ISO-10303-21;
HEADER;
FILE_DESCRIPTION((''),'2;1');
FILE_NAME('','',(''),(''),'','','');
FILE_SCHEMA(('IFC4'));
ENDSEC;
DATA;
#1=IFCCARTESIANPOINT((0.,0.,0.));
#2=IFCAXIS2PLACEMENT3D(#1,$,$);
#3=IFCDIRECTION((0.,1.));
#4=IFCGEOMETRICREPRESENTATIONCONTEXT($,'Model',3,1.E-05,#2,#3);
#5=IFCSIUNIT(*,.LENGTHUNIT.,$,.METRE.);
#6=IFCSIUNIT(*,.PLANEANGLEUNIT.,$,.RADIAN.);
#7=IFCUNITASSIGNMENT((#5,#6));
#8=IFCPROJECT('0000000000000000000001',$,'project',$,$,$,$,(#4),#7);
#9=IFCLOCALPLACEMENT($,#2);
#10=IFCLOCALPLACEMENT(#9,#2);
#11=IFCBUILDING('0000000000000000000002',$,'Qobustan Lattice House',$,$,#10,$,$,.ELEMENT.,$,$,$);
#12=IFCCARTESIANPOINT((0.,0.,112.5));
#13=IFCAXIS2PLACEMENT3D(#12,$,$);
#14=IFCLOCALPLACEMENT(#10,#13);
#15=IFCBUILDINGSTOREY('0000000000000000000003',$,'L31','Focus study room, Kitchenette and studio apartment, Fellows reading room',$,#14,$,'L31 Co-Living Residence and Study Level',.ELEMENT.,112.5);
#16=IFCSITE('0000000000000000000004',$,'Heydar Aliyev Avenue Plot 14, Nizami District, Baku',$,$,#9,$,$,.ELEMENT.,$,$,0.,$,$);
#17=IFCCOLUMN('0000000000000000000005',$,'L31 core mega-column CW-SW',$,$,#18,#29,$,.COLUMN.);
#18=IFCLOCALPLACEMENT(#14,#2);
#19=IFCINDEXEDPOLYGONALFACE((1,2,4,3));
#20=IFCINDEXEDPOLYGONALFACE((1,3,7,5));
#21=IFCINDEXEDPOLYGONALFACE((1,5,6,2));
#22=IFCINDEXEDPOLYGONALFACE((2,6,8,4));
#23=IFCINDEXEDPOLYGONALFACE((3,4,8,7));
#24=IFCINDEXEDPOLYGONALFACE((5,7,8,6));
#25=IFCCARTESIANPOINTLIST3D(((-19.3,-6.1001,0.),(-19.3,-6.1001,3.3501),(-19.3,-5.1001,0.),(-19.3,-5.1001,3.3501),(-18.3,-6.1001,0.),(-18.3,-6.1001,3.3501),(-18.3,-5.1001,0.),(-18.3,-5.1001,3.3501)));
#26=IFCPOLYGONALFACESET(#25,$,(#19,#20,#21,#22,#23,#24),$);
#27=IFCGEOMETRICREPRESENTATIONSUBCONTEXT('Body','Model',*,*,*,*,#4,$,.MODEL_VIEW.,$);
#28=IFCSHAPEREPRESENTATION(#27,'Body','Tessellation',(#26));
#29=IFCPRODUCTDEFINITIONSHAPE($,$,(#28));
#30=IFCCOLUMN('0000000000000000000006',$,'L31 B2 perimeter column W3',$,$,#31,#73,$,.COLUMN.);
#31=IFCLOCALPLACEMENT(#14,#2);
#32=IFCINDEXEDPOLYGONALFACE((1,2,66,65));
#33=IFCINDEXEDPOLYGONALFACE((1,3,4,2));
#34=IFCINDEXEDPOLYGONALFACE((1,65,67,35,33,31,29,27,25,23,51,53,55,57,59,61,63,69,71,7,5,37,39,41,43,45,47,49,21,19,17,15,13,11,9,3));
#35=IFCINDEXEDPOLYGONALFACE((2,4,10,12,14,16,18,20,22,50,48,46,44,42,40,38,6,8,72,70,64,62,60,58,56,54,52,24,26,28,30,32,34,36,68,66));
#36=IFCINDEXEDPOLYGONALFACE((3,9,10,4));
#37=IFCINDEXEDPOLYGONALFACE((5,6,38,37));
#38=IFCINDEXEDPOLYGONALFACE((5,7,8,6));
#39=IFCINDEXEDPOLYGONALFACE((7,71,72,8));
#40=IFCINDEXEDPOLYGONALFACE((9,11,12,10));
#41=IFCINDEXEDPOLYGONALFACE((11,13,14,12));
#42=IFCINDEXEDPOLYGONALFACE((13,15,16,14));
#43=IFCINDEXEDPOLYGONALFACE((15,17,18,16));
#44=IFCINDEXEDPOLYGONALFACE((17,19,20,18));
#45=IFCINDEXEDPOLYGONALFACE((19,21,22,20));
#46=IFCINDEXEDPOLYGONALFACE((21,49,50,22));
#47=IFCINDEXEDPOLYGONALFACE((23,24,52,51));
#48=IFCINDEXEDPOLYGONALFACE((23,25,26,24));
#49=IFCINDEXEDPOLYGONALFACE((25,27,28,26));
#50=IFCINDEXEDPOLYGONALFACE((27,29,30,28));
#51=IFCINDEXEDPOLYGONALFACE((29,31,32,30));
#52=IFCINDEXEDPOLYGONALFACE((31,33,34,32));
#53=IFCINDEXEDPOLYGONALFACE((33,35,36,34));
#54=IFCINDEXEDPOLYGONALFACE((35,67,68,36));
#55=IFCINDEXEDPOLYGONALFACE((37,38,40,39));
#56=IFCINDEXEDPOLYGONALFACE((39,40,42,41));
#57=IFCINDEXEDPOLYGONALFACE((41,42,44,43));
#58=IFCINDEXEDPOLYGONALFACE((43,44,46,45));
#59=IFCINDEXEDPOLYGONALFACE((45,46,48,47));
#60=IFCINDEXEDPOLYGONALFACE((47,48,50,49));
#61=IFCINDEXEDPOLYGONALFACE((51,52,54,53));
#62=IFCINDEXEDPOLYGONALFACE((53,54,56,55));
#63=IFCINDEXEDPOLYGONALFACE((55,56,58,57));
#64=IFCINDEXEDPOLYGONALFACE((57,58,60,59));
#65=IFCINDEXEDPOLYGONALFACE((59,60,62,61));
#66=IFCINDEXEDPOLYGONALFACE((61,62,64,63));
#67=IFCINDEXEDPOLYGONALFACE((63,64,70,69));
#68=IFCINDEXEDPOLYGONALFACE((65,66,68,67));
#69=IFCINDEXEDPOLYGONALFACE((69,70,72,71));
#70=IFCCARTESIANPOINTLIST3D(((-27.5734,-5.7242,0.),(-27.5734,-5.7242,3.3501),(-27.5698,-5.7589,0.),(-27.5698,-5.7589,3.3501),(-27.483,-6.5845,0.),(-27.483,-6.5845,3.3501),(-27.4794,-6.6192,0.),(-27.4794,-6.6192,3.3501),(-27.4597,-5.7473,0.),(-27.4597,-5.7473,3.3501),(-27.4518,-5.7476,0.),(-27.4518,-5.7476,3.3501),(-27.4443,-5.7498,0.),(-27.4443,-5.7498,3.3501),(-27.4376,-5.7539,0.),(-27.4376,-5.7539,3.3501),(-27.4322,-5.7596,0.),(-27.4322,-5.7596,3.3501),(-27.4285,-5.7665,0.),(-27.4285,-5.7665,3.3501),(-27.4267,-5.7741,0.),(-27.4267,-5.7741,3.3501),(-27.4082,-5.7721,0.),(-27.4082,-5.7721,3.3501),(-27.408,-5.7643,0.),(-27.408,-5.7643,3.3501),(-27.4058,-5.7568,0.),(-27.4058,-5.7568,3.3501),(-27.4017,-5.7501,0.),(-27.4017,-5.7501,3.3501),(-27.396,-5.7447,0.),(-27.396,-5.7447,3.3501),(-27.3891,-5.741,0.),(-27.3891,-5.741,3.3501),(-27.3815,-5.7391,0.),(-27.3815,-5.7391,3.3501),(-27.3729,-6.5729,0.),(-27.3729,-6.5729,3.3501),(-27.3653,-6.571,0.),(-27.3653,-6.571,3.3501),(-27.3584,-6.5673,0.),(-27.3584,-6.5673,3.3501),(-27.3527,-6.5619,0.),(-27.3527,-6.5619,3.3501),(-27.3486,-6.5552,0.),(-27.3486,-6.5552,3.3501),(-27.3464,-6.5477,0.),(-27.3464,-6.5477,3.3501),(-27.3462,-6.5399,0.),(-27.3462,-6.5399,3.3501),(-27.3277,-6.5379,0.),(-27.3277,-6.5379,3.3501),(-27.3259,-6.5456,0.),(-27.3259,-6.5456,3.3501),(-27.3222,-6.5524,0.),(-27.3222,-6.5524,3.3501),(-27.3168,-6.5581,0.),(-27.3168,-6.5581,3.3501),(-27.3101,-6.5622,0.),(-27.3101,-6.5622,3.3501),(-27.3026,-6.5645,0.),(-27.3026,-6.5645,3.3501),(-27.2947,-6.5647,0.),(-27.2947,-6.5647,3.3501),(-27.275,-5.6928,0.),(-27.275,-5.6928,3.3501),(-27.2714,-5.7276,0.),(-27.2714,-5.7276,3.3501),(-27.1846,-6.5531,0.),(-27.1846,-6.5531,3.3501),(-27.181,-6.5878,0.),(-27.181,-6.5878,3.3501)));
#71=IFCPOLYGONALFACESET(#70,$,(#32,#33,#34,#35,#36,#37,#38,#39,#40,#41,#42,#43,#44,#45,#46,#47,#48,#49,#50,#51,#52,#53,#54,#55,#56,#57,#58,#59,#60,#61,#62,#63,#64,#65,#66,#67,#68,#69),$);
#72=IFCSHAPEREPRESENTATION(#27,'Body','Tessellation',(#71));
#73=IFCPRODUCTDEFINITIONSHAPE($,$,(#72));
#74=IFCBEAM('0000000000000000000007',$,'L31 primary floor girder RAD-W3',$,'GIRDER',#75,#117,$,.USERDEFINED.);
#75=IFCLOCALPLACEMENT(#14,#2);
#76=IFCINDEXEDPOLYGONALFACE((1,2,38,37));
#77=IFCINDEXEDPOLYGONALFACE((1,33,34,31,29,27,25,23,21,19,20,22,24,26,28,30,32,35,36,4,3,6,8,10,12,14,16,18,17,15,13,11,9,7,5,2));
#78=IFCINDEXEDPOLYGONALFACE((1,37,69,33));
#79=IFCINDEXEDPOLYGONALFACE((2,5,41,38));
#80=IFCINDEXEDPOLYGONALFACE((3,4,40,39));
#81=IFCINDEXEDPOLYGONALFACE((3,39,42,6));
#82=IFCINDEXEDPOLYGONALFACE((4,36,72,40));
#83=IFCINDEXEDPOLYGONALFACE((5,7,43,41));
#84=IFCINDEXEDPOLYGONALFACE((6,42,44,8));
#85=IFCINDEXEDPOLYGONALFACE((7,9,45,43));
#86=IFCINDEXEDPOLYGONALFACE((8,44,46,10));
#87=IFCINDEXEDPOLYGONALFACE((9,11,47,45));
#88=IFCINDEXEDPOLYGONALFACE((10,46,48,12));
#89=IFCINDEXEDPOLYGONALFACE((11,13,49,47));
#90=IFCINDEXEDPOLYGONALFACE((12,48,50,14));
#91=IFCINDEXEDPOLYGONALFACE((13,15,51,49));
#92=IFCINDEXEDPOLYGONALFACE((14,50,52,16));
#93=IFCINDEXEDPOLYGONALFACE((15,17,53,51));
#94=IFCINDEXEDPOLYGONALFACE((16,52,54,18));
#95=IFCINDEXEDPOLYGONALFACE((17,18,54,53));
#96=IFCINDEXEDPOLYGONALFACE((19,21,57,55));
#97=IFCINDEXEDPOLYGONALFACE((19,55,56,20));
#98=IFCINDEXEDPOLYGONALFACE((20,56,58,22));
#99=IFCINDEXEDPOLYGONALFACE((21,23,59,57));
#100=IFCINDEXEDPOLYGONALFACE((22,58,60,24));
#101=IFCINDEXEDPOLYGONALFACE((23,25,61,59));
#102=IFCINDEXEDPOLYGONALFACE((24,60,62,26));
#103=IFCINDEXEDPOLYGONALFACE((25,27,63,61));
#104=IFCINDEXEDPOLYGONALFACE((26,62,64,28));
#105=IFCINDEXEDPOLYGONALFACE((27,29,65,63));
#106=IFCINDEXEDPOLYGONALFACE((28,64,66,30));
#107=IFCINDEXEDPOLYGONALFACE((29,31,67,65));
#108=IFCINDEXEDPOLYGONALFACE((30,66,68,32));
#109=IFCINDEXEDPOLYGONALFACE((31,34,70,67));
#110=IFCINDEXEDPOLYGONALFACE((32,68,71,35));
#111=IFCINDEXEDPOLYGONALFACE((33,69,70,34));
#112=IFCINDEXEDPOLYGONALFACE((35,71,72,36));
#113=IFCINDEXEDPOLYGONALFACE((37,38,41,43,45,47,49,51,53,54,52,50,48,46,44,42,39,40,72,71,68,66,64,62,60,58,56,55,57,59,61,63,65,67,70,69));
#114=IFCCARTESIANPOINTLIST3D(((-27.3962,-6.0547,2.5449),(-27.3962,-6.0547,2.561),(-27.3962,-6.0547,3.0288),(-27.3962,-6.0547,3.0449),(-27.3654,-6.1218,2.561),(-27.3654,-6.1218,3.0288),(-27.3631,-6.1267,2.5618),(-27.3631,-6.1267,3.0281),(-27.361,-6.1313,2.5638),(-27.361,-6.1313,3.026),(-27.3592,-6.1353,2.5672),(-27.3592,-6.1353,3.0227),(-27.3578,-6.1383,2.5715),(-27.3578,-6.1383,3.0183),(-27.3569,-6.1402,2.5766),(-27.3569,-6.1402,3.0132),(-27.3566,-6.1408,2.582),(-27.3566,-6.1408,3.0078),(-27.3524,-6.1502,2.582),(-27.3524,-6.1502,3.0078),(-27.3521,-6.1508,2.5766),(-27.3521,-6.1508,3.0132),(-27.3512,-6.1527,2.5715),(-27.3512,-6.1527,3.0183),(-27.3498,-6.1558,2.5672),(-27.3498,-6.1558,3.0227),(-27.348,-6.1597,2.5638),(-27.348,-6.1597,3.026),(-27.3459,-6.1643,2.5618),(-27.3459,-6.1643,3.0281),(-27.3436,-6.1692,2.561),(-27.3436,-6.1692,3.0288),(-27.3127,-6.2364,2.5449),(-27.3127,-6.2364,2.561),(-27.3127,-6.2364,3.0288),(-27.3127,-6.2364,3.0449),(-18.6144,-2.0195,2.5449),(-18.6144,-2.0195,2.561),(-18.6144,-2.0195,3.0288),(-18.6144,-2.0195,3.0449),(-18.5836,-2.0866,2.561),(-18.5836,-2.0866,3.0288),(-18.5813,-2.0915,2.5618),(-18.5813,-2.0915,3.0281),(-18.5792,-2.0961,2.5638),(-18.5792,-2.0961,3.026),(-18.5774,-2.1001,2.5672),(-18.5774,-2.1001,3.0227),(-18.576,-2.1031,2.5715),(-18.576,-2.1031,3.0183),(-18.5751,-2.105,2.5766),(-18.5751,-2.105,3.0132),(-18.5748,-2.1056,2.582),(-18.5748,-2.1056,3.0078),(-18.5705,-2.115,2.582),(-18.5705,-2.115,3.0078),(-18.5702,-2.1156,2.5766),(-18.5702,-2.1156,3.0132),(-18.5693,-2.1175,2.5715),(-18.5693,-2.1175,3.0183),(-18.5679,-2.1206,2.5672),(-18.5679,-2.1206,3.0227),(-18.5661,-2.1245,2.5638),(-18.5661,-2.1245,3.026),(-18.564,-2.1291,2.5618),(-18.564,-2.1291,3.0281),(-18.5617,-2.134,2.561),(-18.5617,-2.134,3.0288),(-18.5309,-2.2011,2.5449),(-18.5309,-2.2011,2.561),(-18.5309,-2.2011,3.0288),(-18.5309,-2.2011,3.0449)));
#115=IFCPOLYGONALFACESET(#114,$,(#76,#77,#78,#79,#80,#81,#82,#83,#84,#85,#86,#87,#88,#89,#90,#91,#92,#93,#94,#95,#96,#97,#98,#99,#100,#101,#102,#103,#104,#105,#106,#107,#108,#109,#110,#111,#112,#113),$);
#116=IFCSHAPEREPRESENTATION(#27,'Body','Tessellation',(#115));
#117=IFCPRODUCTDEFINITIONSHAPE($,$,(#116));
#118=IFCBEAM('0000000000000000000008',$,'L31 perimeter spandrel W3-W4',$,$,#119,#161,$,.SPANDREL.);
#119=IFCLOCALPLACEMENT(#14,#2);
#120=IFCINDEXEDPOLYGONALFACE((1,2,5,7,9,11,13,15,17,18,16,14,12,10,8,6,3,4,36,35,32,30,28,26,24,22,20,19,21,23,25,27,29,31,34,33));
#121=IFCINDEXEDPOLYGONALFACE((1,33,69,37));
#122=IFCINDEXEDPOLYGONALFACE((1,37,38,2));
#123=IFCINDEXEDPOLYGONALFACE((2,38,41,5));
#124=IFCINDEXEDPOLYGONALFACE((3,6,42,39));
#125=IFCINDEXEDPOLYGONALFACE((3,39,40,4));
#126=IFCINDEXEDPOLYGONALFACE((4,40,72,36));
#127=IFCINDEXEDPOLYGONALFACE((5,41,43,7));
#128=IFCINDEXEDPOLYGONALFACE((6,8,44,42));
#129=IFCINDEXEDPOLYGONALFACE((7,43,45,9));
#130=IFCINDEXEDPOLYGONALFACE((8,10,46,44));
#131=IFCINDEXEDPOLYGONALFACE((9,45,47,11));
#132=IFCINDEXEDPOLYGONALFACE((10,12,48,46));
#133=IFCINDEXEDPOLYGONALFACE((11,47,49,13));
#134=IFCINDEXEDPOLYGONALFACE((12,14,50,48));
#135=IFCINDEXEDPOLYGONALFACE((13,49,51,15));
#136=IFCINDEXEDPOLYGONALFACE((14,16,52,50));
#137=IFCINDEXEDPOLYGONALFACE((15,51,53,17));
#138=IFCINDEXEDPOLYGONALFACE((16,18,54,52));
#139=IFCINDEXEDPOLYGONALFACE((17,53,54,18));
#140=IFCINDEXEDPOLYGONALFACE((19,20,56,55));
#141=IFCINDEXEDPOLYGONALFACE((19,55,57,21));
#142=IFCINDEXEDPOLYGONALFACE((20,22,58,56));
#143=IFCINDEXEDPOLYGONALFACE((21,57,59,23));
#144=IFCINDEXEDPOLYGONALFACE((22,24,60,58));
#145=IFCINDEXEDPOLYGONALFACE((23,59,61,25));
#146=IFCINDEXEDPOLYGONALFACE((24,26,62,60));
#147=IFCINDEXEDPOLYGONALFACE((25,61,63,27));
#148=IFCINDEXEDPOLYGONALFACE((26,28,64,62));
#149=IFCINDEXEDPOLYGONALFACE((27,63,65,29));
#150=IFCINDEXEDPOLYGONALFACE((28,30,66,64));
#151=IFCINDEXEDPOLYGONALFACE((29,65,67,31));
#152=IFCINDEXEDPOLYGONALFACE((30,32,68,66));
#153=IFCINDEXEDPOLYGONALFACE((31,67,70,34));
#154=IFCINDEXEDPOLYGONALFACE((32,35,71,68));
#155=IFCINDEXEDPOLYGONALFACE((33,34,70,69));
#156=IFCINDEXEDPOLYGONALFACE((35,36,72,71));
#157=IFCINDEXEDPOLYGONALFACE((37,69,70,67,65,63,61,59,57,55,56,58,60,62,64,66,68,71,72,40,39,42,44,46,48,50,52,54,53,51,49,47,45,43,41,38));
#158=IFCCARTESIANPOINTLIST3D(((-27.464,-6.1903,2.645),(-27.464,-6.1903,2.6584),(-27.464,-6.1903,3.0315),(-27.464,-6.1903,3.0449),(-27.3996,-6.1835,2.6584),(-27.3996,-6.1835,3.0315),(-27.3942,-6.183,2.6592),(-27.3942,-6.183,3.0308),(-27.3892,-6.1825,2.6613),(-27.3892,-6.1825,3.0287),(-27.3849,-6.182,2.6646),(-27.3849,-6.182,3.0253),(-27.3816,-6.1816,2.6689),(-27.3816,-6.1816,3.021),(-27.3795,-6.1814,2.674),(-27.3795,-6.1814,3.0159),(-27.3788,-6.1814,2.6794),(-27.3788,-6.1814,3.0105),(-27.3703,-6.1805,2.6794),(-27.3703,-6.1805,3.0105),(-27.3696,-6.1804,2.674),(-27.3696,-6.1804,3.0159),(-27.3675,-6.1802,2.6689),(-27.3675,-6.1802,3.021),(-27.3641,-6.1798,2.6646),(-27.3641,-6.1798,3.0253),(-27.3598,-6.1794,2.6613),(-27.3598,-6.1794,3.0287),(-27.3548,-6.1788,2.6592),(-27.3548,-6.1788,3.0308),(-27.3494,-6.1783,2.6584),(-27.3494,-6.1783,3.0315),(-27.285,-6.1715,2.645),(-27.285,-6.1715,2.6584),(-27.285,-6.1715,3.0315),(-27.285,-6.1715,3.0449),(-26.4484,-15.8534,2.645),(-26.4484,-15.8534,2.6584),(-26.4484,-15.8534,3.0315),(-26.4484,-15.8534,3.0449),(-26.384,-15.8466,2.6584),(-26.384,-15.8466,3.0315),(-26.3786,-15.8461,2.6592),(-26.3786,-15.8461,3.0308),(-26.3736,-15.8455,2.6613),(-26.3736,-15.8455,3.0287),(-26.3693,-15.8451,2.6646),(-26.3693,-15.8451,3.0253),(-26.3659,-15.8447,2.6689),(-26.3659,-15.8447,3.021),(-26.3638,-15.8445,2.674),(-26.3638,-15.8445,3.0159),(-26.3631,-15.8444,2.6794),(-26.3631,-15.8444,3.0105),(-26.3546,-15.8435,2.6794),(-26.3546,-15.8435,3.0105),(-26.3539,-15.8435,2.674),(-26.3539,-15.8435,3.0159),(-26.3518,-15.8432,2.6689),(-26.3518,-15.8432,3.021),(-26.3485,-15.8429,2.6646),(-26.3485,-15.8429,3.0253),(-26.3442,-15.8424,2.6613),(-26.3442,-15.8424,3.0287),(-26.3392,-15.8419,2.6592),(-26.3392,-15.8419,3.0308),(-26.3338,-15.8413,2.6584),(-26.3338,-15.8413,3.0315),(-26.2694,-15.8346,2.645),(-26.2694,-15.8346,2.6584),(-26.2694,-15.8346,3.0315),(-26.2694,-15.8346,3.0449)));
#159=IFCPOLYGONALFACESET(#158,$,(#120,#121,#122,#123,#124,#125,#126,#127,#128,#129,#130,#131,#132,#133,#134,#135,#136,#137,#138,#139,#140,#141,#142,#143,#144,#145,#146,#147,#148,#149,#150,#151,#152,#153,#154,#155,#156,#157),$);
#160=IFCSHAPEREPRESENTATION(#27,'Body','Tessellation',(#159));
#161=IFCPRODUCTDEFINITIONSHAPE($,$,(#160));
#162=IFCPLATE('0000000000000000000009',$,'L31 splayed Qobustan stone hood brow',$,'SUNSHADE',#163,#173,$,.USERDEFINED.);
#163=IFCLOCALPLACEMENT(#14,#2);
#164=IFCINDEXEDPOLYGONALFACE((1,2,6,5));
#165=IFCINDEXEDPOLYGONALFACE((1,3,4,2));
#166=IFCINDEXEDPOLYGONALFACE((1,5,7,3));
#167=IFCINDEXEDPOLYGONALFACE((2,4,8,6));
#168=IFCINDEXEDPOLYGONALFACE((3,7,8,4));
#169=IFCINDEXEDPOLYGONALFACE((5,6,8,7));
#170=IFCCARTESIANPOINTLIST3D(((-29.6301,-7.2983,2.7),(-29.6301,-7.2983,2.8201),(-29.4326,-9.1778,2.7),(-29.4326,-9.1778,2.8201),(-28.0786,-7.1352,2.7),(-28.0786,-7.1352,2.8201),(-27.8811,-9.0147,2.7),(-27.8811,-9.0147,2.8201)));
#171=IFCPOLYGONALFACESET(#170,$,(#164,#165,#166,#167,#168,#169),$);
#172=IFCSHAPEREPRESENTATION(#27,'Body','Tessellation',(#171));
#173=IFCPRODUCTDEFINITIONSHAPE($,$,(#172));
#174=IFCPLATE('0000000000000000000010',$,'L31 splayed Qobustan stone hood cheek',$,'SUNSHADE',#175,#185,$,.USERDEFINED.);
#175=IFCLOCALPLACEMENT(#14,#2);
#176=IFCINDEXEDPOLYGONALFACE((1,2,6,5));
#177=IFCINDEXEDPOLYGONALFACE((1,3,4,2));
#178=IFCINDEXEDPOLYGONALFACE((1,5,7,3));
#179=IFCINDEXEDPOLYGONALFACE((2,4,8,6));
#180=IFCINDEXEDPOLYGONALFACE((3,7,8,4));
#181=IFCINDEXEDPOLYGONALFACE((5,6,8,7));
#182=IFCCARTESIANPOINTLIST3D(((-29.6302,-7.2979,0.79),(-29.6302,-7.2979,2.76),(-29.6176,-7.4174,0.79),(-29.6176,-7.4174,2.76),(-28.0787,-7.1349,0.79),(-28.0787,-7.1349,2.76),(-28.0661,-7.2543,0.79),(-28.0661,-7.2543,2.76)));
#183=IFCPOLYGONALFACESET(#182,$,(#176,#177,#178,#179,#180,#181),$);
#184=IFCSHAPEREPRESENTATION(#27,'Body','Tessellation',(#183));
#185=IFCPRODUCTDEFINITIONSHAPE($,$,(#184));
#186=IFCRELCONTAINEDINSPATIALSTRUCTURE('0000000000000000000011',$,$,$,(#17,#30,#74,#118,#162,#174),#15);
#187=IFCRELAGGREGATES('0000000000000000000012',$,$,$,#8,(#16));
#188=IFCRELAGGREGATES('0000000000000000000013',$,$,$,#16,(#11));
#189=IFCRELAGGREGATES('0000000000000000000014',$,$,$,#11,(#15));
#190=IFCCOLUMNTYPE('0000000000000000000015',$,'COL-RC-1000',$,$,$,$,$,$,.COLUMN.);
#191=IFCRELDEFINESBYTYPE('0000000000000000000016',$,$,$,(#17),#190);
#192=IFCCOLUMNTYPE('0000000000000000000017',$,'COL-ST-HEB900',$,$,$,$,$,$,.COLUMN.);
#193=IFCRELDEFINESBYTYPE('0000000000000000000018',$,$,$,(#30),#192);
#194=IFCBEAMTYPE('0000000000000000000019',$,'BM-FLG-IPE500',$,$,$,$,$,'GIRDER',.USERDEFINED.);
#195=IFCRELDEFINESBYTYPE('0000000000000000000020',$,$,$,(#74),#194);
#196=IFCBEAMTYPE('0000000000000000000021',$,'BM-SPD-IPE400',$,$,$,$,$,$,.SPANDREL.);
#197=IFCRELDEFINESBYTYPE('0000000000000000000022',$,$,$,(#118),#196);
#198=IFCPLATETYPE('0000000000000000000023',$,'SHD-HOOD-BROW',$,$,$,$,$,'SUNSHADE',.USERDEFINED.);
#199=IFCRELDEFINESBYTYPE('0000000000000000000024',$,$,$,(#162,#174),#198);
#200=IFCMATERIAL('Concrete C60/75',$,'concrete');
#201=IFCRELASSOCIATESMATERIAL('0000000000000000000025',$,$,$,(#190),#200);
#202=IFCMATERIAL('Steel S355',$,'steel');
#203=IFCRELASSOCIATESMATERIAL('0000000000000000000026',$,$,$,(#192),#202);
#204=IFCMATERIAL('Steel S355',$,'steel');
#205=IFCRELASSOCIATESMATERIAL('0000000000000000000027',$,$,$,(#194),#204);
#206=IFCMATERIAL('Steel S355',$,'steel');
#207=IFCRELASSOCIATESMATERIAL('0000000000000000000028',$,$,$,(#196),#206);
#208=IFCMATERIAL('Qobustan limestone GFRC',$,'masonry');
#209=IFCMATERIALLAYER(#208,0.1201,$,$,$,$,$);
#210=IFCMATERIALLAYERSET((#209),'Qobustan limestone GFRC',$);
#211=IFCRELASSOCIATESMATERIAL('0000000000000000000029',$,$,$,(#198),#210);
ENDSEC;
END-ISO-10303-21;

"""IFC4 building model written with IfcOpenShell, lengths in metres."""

from ifc_helpers import new_model, si_unit, direction, frame, origin, origin_2d, place, context, subcontext, project, spatial, rectangle, i_section, extrude, material, layer, layer_set, material_profile, profile_set, type_object, element, save


model = new_model("IFC4")

# Units and contexts
model_context = context("Model", 3, precision=1e-05, world=origin(), true_north=direction((0.0, 1.0)))
body_context = subcontext(model_context, "Body", "Model", "MODEL_VIEW")
ifc_project = project(units=[si_unit("LENGTHUNIT", "METRE"), si_unit("PLANEANGLEUNIT", "RADIAN")], contexts=[model_context])

# Site, building, storey
site_placement = place(None, origin())
site = spatial("IfcSite", under=ifc_project, at=site_placement, Name="Heydar Aliyev Avenue Plot 14, Nizami District, Baku", CompositionType="ELEMENT", RefElevation=0.0)
building_placement = place(site_placement, origin())
building = spatial("IfcBuilding", under=site, at=building_placement, Name="Qobustan Lattice House", CompositionType="ELEMENT")
storey_placement = place(building_placement, frame((0.0, 0.0, 112.5)))
storey = spatial("IfcBuildingStorey", under=building, at=storey_placement, Name="L31", Description="Focus study room, Kitchenette and studio apartment, Fellows reading room", LongName="L31 Co-Living Residence and Study Level", CompositionType="ELEMENT", Elevation=112.5)

# Columns
ifc_material_1 = material(Name="Concrete C60/75", Category="concrete")
ifc_material_profile_1 = material_profile(ifc_material_1, rectangle(XDim=1.0, YDim=1.0, at=origin_2d()), Name="RC1000x1000")
ifc_profile_set_1 = profile_set([ifc_material_profile_1], Name="Concrete C60/75")
column_type_1 = type_object("IfcColumnType", Name="COL-RC-1000", PredefinedType="COLUMN", material=ifc_profile_set_1)
column_1_placement = place(storey_placement, frame((-18.8, -5.6001, 0.0), z_axis=(0.0, 0.0, 1.0), x_axis=(1.0, 0.0, 0.0)))
element("IfcColumn", 1, at=column_1_placement, inside=storey, type_object=column_type_1, Name="L31 core mega-column CW-SW", PredefinedType="COLUMN", context=body_context, shape_type="SweptSolid", body=[
    extrude(rectangle(XDim=1.0, YDim=1.0, at=origin_2d()), origin(), (0.0, 0.0, 1.0), 3.3501),
])
ifc_material_2 = material(Name="Steel S355", Category="steel")
ifc_material_profile_2 = material_profile(ifc_material_2, i_section(OverallWidth=0.3, OverallDepth=0.8999, WebThickness=0.0186, FlangeThickness=0.0349, FilletRadius=0.03, at=origin_2d()), Name="HEB900")
ifc_profile_set_2 = profile_set([ifc_material_profile_2], Name="Steel S355")
column_type_2 = type_object("IfcColumnType", Name="COL-ST-HEB900", PredefinedType="COLUMN", material=ifc_profile_set_2)
column_2_placement = place(storey_placement, frame((-27.3772, -6.156, 0.0), z_axis=(0.0, 0.0, 1.0), x_axis=(0.994522, 0.104528, 0.0)))
element("IfcColumn", 2, at=column_2_placement, inside=storey, type_object=column_type_2, Name="L31 B2 perimeter column W3", PredefinedType="COLUMN", context=body_context, shape_type="SweptSolid", body=[
    extrude(i_section(OverallWidth=0.3, OverallDepth=0.8999, WebThickness=0.0186, FlangeThickness=0.0349, FilletRadius=0.03, at=origin_2d()), origin(), (0.0, 0.0, 1.0), 3.3501),
])

# Beams
ifc_material_3 = material(Name="Steel S355", Category="steel")
ifc_material_profile_3 = material_profile(ifc_material_3, i_section(OverallWidth=0.2, OverallDepth=0.5, WebThickness=0.0103, FlangeThickness=0.0161, FilletRadius=0.021, at=origin_2d()), Name="IPE500")
ifc_profile_set_3 = profile_set([ifc_material_profile_3], Name="Steel S355")
beam_type_1 = type_object("IfcBeamType", Name="BM-FLG-IPE500", ElementType="GIRDER", PredefinedType="USERDEFINED", material=ifc_profile_set_3)
beam_1_placement = place(storey_placement, frame((-27.3545, -6.1455, 2.7949), z_axis=(0.908665, 0.417526, 0.0), x_axis=(-0.417526, 0.908665, 0.0)))
element("IfcBeam", 3, at=beam_1_placement, inside=storey, type_object=beam_type_1, Name="L31 primary floor girder RAD-W3", ObjectType="GIRDER", PredefinedType="USERDEFINED", context=body_context, shape_type="SweptSolid", body=[
    extrude(i_section(OverallWidth=0.2, OverallDepth=0.5, WebThickness=0.0103, FlangeThickness=0.0161, FilletRadius=0.021, at=origin_2d()), origin(), (0.0, 0.0, 1.0), 9.6646),
])
ifc_material_4 = material(Name="Steel S355", Category="steel")
ifc_material_profile_4 = material_profile(ifc_material_4, i_section(OverallWidth=0.1799, OverallDepth=0.3999, WebThickness=0.0085, FlangeThickness=0.0134, FilletRadius=0.021, at=origin_2d()), Name="IPE400")
ifc_profile_set_4 = profile_set([ifc_material_profile_4], Name="Steel S355")
beam_type_2 = type_object("IfcBeamType", Name="BM-SPD-IPE400", PredefinedType="SPANDREL", material=ifc_profile_set_4)
beam_2_placement = place(storey_placement, frame((-27.3745, -6.1809, 2.845), z_axis=(0.104528, -0.994522, 0.0), x_axis=(0.994522, 0.104528, 0.0)))
element("IfcBeam", 4, at=beam_2_placement, inside=storey, type_object=beam_type_2, Name="L31 perimeter spandrel W3-W4", PredefinedType="SPANDREL", context=body_context, shape_type="SweptSolid", body=[
    extrude(i_section(OverallWidth=0.1799, OverallDepth=0.3999, WebThickness=0.0085, FlangeThickness=0.0134, FilletRadius=0.021, at=origin_2d()), origin(), (0.0, 0.0, 1.0), 9.7163),
])

# Plates
ifc_material_5 = material(Name="Qobustan limestone GFRC", Category="masonry")
ifc_layer_1 = layer(ifc_material_5, 0.1201)
ifc_layer_set_1 = layer_set([ifc_layer_1], Name="Qobustan limestone GFRC")
plate_type = type_object("IfcPlateType", Name="SHD-HOOD-BROW", ElementType="SUNSHADE", PredefinedType="USERDEFINED", material=ifc_layer_set_1)
plate_1_placement = place(storey_placement, frame((-28.7556, -8.1565, 2.7), z_axis=(0.0, 0.0, 1.0), x_axis=(-0.104528, 0.994522, 0.0)))
element("IfcPlate", 5, at=plate_1_placement, inside=storey, type_object=plate_type, Name="L31 splayed Qobustan stone hood brow", ObjectType="SUNSHADE", PredefinedType="USERDEFINED", context=body_context, shape_type="SweptSolid", body=[
    extrude(rectangle(XDim=1.8899, YDim=1.5601, at=origin_2d()), origin(), (0.0, 0.0, 1.0), 0.1201),
])
plate_2_placement = place(storey_placement, frame((-28.8481, -7.2761, 0.79), z_axis=(0.0, 0.0, 1.0), x_axis=(-0.104528, 0.994522, 0.0)))
element("IfcPlate", 6, at=plate_2_placement, inside=storey, type_object=plate_type, Name="L31 splayed Qobustan stone hood cheek", ObjectType="SUNSHADE", PredefinedType="USERDEFINED", context=body_context, shape_type="SweptSolid", body=[
    extrude(rectangle(XDim=0.1201, YDim=1.5601, at=origin_2d()), origin(), (0.0, 0.0, 1.0), 1.97),
])

save(model, "model.ifc")
